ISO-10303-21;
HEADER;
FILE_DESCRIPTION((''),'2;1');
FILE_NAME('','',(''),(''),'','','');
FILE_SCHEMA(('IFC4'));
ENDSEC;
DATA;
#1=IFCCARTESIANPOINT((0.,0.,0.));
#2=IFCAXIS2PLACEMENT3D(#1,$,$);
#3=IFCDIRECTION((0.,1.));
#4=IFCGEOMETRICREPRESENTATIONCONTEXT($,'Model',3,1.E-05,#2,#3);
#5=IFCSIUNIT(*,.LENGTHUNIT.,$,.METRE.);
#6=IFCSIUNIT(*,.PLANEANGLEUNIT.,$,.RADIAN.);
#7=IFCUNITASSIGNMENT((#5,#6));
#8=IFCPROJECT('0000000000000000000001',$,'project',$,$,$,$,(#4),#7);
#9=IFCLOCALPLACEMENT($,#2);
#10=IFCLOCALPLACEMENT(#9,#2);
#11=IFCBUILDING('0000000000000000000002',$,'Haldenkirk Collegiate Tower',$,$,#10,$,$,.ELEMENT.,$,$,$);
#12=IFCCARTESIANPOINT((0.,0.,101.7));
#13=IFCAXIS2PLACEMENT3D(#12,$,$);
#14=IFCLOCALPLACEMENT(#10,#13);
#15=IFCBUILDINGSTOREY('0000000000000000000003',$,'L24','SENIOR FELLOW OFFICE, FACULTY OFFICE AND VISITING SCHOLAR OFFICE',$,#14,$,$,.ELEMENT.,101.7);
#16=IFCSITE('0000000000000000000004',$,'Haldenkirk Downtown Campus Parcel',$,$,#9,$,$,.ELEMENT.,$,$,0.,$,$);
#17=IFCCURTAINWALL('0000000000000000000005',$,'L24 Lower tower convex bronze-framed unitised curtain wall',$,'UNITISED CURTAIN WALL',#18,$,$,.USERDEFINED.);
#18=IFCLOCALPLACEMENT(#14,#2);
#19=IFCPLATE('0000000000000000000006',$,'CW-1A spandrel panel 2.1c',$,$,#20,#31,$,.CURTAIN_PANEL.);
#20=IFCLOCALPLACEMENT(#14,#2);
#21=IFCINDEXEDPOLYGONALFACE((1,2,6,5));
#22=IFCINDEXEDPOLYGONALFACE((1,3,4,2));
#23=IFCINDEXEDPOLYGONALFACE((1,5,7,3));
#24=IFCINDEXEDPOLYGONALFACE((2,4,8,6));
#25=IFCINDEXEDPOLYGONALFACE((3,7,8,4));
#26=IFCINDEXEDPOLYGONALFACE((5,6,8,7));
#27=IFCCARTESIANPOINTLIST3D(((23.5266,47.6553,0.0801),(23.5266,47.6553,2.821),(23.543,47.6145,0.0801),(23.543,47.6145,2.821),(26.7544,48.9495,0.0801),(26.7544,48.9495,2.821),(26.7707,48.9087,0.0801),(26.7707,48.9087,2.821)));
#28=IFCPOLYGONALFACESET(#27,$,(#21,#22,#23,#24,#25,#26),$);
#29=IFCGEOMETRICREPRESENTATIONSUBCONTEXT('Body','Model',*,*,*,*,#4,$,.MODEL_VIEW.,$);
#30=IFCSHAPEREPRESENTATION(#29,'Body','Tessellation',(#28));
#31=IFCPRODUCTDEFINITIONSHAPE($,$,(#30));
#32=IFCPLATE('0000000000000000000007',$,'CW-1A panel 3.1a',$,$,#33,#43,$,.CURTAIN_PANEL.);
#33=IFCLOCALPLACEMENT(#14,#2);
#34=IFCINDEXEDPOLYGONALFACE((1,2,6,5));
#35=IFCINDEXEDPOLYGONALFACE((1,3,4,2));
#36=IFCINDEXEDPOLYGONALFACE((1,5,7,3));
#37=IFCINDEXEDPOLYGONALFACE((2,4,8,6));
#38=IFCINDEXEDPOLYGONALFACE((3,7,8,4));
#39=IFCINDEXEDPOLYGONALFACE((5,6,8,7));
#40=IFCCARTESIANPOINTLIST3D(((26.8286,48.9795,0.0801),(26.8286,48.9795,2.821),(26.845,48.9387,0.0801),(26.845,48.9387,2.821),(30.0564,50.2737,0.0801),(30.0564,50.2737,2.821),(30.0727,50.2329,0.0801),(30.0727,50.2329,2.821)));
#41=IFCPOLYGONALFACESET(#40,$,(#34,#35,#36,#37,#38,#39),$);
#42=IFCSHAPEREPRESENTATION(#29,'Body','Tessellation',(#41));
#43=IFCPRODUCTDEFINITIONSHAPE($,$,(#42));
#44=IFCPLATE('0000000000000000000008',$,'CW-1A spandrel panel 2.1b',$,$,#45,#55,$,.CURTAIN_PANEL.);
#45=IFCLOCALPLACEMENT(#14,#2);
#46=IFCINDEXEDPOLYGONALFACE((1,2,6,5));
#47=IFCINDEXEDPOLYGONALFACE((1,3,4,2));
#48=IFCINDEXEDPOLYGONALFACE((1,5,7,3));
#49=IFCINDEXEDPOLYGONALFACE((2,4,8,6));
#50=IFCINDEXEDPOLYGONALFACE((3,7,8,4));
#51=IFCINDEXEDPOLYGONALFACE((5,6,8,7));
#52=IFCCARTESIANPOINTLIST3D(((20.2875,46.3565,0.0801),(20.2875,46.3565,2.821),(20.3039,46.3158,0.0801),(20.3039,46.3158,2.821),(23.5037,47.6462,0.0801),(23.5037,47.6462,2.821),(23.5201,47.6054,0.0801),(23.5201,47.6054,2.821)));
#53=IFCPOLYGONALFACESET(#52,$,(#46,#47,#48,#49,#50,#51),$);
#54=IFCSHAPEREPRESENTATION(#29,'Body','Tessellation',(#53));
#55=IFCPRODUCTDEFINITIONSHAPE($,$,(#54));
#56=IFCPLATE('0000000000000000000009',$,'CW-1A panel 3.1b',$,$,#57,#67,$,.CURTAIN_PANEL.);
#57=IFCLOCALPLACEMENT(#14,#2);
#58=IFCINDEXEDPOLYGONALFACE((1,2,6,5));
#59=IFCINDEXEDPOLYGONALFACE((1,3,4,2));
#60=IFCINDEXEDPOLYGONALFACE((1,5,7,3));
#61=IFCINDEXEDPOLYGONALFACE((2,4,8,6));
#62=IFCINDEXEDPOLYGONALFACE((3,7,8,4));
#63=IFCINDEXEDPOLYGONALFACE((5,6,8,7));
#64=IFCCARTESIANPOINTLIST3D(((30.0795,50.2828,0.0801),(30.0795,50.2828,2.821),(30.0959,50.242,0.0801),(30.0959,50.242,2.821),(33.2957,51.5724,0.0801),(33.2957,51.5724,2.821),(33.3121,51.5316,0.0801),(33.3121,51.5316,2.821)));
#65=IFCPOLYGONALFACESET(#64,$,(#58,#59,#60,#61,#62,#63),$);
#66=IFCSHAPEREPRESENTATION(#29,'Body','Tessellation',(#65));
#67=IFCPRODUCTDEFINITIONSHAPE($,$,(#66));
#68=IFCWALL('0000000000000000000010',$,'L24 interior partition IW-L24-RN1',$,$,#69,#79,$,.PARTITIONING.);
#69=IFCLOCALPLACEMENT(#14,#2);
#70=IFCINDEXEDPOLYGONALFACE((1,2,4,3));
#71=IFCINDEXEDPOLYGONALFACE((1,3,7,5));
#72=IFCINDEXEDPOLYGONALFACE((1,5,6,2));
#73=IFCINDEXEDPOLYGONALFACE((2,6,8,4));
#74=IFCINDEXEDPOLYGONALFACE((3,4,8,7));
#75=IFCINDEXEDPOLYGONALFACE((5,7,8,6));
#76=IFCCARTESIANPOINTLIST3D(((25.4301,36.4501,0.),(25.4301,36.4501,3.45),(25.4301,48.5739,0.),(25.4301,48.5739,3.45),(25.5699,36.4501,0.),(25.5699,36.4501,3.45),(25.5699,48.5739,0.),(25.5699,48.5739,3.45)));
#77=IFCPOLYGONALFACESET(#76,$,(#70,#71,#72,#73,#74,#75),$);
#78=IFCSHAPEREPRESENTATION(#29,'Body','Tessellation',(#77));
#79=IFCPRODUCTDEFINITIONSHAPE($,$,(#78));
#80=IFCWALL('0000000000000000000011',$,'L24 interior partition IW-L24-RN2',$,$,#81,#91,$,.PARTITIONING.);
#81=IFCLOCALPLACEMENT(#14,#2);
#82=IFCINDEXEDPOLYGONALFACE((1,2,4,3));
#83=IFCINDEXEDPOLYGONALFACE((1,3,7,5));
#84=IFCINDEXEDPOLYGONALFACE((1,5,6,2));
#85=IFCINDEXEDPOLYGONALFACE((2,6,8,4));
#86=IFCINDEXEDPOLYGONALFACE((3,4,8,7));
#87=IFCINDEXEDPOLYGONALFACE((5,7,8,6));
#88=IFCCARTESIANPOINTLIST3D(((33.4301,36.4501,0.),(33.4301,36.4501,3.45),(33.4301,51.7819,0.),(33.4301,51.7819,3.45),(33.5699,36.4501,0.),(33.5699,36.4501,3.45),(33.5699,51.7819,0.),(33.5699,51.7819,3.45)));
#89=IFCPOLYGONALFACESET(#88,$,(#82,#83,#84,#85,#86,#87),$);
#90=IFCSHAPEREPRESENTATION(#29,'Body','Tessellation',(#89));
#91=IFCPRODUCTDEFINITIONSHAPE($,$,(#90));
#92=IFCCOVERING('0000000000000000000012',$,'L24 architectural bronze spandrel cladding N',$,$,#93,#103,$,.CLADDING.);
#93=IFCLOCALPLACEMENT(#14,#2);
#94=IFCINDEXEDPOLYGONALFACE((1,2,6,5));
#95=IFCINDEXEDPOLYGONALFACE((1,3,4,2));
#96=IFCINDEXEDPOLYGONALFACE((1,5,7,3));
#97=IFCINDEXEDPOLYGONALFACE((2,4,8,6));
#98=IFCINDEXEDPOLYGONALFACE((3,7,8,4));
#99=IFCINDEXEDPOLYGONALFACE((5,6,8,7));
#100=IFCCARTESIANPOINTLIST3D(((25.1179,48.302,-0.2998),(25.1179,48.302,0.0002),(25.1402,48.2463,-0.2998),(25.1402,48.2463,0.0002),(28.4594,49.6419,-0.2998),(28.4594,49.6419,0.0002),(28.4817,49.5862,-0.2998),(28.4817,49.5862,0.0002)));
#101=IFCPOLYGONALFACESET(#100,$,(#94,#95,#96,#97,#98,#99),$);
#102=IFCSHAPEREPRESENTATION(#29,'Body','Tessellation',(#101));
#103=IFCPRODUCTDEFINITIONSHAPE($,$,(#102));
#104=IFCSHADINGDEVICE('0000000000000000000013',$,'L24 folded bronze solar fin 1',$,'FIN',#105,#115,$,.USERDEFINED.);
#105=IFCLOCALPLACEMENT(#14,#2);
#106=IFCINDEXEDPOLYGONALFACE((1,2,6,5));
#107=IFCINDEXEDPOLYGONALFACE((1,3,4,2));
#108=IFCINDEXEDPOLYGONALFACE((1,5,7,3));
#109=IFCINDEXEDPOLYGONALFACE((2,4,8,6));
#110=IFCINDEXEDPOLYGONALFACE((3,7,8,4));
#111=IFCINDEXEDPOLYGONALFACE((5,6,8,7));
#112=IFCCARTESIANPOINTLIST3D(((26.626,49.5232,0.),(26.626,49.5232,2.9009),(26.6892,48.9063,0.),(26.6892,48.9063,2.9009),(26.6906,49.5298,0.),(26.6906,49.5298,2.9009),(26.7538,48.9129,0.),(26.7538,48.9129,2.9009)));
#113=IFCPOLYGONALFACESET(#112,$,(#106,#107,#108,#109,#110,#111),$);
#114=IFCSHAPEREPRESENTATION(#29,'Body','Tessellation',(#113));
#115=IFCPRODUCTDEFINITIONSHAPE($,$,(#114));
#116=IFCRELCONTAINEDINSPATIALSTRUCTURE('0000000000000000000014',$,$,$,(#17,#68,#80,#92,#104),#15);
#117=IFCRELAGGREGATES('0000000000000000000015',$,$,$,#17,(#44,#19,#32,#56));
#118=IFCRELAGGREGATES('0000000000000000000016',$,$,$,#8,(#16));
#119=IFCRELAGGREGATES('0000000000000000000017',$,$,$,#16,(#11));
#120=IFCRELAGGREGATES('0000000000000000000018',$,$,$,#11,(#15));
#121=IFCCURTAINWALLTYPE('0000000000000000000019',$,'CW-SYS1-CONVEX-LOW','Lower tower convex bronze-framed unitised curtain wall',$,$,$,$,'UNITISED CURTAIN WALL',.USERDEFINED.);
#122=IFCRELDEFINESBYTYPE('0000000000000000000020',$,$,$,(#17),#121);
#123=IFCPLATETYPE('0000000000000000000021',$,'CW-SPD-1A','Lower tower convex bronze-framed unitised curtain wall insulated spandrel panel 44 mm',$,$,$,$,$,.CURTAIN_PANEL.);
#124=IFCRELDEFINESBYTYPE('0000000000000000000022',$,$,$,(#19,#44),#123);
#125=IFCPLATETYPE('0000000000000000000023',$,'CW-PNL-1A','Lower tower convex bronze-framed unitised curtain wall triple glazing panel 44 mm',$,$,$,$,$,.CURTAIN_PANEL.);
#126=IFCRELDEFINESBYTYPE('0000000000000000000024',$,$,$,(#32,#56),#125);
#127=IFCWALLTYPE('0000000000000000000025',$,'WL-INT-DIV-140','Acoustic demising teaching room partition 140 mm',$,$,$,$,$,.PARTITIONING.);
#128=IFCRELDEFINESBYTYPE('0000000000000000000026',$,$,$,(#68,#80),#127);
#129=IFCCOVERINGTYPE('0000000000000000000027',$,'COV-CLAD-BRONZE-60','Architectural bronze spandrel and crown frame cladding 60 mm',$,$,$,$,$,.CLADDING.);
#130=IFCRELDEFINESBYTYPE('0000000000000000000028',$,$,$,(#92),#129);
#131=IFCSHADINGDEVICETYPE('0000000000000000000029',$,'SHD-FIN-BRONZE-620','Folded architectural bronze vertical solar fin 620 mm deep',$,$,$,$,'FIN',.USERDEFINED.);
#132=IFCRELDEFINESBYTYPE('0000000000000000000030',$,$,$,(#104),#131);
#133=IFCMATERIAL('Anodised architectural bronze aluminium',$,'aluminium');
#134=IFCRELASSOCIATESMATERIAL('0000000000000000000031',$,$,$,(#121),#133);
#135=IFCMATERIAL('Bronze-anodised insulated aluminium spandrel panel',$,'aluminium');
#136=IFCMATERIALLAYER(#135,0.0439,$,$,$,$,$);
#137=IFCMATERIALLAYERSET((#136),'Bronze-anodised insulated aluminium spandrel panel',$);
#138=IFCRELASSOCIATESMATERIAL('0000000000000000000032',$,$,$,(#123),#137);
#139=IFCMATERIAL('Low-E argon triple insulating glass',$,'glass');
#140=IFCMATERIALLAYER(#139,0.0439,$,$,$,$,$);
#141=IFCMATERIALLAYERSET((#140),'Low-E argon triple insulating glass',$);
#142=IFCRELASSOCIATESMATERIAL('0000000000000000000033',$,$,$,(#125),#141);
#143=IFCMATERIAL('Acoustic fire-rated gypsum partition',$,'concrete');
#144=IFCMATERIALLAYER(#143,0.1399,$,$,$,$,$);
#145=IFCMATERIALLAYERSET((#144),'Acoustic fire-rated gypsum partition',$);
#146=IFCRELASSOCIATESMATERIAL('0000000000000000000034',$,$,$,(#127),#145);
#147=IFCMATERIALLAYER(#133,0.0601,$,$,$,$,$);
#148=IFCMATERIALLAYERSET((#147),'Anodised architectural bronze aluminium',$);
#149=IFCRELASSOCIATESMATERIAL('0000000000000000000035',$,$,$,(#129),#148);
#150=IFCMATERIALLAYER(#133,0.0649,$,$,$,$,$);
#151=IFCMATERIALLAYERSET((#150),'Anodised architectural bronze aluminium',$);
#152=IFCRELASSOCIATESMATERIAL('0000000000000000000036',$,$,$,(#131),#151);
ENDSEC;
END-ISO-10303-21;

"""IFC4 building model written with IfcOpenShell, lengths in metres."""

from ifc_helpers import new_model, si_unit, direction, frame, frame_2d, origin, origin_2d, place, context, subcontext, project, spatial, rectangle, extrude, source, transform, mapped, material, layer, layer_set, type_object, element, aggregate, save


model = new_model("IFC4")

# Units and contexts
model_context = context("Model", 3, precision=1e-05, world=origin(), true_north=direction((0.0, 1.0)))
body_context = subcontext(model_context, "Body", "Model", "MODEL_VIEW")
ifc_project = project(units=[si_unit("LENGTHUNIT", "METRE"), si_unit("PLANEANGLEUNIT", "RADIAN")], contexts=[model_context])

# Site, building, storey
site_placement = place(None, origin())
site = spatial("IfcSite", under=ifc_project, at=site_placement, Name="Haldenkirk Downtown Campus Parcel", CompositionType="ELEMENT", RefElevation=0.0)
building_placement = place(site_placement, origin())
building = spatial("IfcBuilding", under=site, at=building_placement, Name="Haldenkirk Collegiate Tower", CompositionType="ELEMENT")
storey_placement = place(building_placement, frame((0.0, 0.0, 101.7)))
storey = spatial("IfcBuildingStorey", under=building, at=storey_placement, Name="L24", Description="SENIOR FELLOW OFFICE, FACULTY OFFICE AND VISITING SCHOLAR OFFICE", CompositionType="ELEMENT", Elevation=101.7)

# Curtain wall, plates
ifc_material_1 = material(Name="Anodised architectural bronze aluminium", Category="aluminium")
curtain_wall_type = type_object("IfcCurtainWallType", Name="CW-SYS1-CONVEX-LOW", Description="Lower tower convex bronze-framed unitised curtain wall", ElementType="UNITISED CURTAIN WALL", PredefinedType="USERDEFINED", material=ifc_material_1)
curtain_wall_placement = place(storey_placement, origin())
curtain_wall = element("IfcCurtainWall", 1, at=curtain_wall_placement, inside=storey, type_object=curtain_wall_type, Name="L24 Lower tower convex bronze-framed unitised curtain wall", ObjectType="UNITISED CURTAIN WALL", PredefinedType="USERDEFINED")
ifc_material_2 = material(Name="Bronze-anodised insulated aluminium spandrel panel", Category="aluminium")
ifc_layer_1 = layer(ifc_material_2, 0.0439)
ifc_layer_set_1 = layer_set([ifc_layer_1], Name="Bronze-anodised insulated aluminium spandrel panel")
plate_type_1 = type_object("IfcPlateType", Name="CW-SPD-1A", Description="Lower tower convex bronze-framed unitised curtain wall insulated spandrel panel 44 mm", PredefinedType="CURTAIN_PANEL", material=ifc_layer_set_1)
shared_shape_1 = source(origin(), body_context, "Body", "SweptSolid", [
    extrude(rectangle(XDim=3.4775, YDim=0.0439, at=origin_2d()), origin(), (0.0, 0.0, 1.0), 2.741),
])
plate_1_placement = place(storey_placement, frame((25.1487, 48.282, 0.0801), z_axis=(0.0, 0.0, 1.0), x_axis=(0.928163, 0.372175, 0.0)))
plate_1 = element("IfcPlate", 2, at=plate_1_placement, type_object=plate_type_1, Name="CW-1A spandrel panel 2.1c", PredefinedType="CURTAIN_PANEL", context=body_context, shape_type="MappedRepresentation", body=[
    mapped(shared_shape_1, transform((0.0, 0.0, 0.0), x_axis=(1.0, 0.0, 0.0), y_axis=(0.0, 1.0, 0.0), z_axis=(0.0, 0.0, 1.0), scale=1.0)),
])
ifc_material_3 = material(Name="Low-E argon triple insulating glass", Category="glass")
ifc_layer_2 = layer(ifc_material_3, 0.0439)
ifc_layer_set_2 = layer_set([ifc_layer_2], Name="Low-E argon triple insulating glass")
plate_type_2 = type_object("IfcPlateType", Name="CW-PNL-1A", Description="Lower tower convex bronze-framed unitised curtain wall triple glazing panel 44 mm", PredefinedType="CURTAIN_PANEL", material=ifc_layer_set_2)
plate_2_placement = place(storey_placement, frame((28.4507, 49.6062, 0.0801), z_axis=(0.0, 0.0, 1.0), x_axis=(0.928163, 0.372175, 0.0)))
plate_2 = element("IfcPlate", 3, at=plate_2_placement, type_object=plate_type_2, Name="CW-1A panel 3.1a", PredefinedType="CURTAIN_PANEL", context=body_context, shape_type="MappedRepresentation", body=[
    mapped(shared_shape_1, transform((0.0, 0.0, 0.0), x_axis=(1.0, 0.0, 0.0), y_axis=(0.0, 1.0, 0.0), z_axis=(0.0, 0.0, 1.0), scale=1.0)),
])
shared_shape_2 = source(origin(), body_context, "Body", "SweptSolid", [
    extrude(rectangle(XDim=3.4651, YDim=0.0439, at=origin_2d()), origin(), (0.0, 0.0, 1.0), 2.741),
])
plate_3_placement = place(storey_placement, frame((21.9038, 46.981, 0.0801), z_axis=(0.0, 0.0, 1.0), x_axis=(0.928163, 0.372175, 0.0)))
plate_3 = element("IfcPlate", 4, at=plate_3_placement, type_object=plate_type_1, Name="CW-1A spandrel panel 2.1b", PredefinedType="CURTAIN_PANEL", context=body_context, shape_type="MappedRepresentation", body=[
    mapped(shared_shape_2, transform((0.0, 0.0, 0.0), x_axis=(1.0, 0.0, 0.0), y_axis=(0.0, 1.0, 0.0), z_axis=(0.0, 0.0, 1.0), scale=1.0)),
])
plate_4_placement = place(storey_placement, frame((31.6958, 50.9072, 0.0801), z_axis=(0.0, 0.0, 1.0), x_axis=(0.928163, 0.372175, 0.0)))
plate_4 = element("IfcPlate", 5, at=plate_4_placement, type_object=plate_type_2, Name="CW-1A panel 3.1b", PredefinedType="CURTAIN_PANEL", context=body_context, shape_type="MappedRepresentation", body=[
    mapped(shared_shape_2, transform((0.0, 0.0, 0.0), x_axis=(1.0, 0.0, 0.0), y_axis=(0.0, 1.0, 0.0), z_axis=(0.0, 0.0, 1.0), scale=1.0)),
])
aggregate(curtain_wall, [plate_3, plate_1, plate_2, plate_4])

# Shared definitions
ifc_material_4 = material(Name="Acoustic fire-rated gypsum partition", Category="concrete")

# Walls
ifc_layer_3 = layer(ifc_material_4, 0.1399)
ifc_layer_set_3 = layer_set([ifc_layer_3], Name="Acoustic fire-rated gypsum partition")
wall_type_1 = type_object("IfcWallType", Name="WL-INT-DIV-140", Description="Acoustic demising teaching room partition 140 mm", PredefinedType="PARTITIONING", material=ifc_layer_set_3)
wall_1_placement = place(storey_placement, frame((25.5, 36.45, 0.0), z_axis=(0.0, 0.0, 1.0), x_axis=(0.0, 1.0, 0.0)))
element("IfcWall", 6, at=wall_1_placement, inside=storey, type_object=wall_type_1, Name="L24 interior partition IW-L24-RN1", PredefinedType="PARTITIONING", context=body_context, shape_type="SweptSolid", body=[
    extrude(rectangle(XDim=12.1238, YDim=0.1399, at=frame_2d((6.062, 0.0))), origin(), (0.0, 0.0, 1.0), 3.45),
])
wall_2_placement = place(storey_placement, frame((33.5, 36.45, 0.0), z_axis=(0.0, 0.0, 1.0), x_axis=(0.0, 1.0, 0.0)))
element("IfcWall", 7, at=wall_2_placement, inside=storey, type_object=wall_type_1, Name="L24 interior partition IW-L24-RN2", PredefinedType="PARTITIONING", context=body_context, shape_type="SweptSolid", body=[
    extrude(rectangle(XDim=15.3318, YDim=0.1399, at=frame_2d((7.666, 0.0))), origin(), (0.0, 0.0, 1.0), 3.45),
])

# Covering
ifc_layer_4 = layer(ifc_material_1, 0.0601)
ifc_layer_set_4 = layer_set([ifc_layer_4], Name="Anodised architectural bronze aluminium")
covering_type = type_object("IfcCoveringType", Name="COV-CLAD-BRONZE-60", Description="Architectural bronze spandrel and crown frame cladding 60 mm", PredefinedType="CLADDING", material=ifc_layer_set_4)
shared_shape_3 = source(origin(), body_context, "Body", "SweptSolid", [
    extrude(rectangle(XDim=3.6001, YDim=0.0601, at=origin_2d()), origin(), (0.0, 0.0, 1.0), 0.3),
])
covering_placement = place(storey_placement, frame((26.7998, 48.9441, -0.2998), z_axis=(0.0, 0.0, 1.0), x_axis=(0.928161, 0.372178, 0.0)))
element("IfcCovering", 8, at=covering_placement, inside=storey, type_object=covering_type, Name="L24 architectural bronze spandrel cladding N", PredefinedType="CLADDING", context=body_context, shape_type="MappedRepresentation", body=[
    mapped(shared_shape_3, transform((0.0, 0.0, 0.0), x_axis=(1.0, 0.0, 0.0), y_axis=(0.0, 1.0, 0.0), z_axis=(0.0, 0.0, 1.0), scale=1.0)),
])

# Shading device
ifc_layer_5 = layer(ifc_material_1, 0.0649)
ifc_layer_set_5 = layer_set([ifc_layer_5], Name="Anodised architectural bronze aluminium")
shading_device_type = type_object("IfcShadingDeviceType", Name="SHD-FIN-BRONZE-620", Description="Folded architectural bronze vertical solar fin 620 mm deep", ElementType="FIN", PredefinedType="USERDEFINED", material=ifc_layer_set_5)
shared_shape_4 = source(origin(), body_context, "Body", "SweptSolid", [
    extrude(rectangle(XDim=0.6201, YDim=0.0649, at=origin_2d()), origin(), (0.0, 0.0, 1.0), 2.9009),
])
shading_device_placement = place(storey_placement, frame((26.6899, 49.218, 0.0), z_axis=(0.0, 0.0, 1.0), x_axis=(-0.101924, 0.994792, 0.0)))
element("IfcShadingDevice", 9, at=shading_device_placement, inside=storey, type_object=shading_device_type, Name="L24 folded bronze solar fin 1", ObjectType="FIN", PredefinedType="USERDEFINED", context=body_context, shape_type="MappedRepresentation", body=[
    mapped(shared_shape_4, transform((0.0, 0.0, 0.0), x_axis=(1.0, 0.0, 0.0), y_axis=(0.0, 1.0, 0.0), z_axis=(0.0, 0.0, 1.0), scale=1.0)),
])

save(model, "model.ifc")
